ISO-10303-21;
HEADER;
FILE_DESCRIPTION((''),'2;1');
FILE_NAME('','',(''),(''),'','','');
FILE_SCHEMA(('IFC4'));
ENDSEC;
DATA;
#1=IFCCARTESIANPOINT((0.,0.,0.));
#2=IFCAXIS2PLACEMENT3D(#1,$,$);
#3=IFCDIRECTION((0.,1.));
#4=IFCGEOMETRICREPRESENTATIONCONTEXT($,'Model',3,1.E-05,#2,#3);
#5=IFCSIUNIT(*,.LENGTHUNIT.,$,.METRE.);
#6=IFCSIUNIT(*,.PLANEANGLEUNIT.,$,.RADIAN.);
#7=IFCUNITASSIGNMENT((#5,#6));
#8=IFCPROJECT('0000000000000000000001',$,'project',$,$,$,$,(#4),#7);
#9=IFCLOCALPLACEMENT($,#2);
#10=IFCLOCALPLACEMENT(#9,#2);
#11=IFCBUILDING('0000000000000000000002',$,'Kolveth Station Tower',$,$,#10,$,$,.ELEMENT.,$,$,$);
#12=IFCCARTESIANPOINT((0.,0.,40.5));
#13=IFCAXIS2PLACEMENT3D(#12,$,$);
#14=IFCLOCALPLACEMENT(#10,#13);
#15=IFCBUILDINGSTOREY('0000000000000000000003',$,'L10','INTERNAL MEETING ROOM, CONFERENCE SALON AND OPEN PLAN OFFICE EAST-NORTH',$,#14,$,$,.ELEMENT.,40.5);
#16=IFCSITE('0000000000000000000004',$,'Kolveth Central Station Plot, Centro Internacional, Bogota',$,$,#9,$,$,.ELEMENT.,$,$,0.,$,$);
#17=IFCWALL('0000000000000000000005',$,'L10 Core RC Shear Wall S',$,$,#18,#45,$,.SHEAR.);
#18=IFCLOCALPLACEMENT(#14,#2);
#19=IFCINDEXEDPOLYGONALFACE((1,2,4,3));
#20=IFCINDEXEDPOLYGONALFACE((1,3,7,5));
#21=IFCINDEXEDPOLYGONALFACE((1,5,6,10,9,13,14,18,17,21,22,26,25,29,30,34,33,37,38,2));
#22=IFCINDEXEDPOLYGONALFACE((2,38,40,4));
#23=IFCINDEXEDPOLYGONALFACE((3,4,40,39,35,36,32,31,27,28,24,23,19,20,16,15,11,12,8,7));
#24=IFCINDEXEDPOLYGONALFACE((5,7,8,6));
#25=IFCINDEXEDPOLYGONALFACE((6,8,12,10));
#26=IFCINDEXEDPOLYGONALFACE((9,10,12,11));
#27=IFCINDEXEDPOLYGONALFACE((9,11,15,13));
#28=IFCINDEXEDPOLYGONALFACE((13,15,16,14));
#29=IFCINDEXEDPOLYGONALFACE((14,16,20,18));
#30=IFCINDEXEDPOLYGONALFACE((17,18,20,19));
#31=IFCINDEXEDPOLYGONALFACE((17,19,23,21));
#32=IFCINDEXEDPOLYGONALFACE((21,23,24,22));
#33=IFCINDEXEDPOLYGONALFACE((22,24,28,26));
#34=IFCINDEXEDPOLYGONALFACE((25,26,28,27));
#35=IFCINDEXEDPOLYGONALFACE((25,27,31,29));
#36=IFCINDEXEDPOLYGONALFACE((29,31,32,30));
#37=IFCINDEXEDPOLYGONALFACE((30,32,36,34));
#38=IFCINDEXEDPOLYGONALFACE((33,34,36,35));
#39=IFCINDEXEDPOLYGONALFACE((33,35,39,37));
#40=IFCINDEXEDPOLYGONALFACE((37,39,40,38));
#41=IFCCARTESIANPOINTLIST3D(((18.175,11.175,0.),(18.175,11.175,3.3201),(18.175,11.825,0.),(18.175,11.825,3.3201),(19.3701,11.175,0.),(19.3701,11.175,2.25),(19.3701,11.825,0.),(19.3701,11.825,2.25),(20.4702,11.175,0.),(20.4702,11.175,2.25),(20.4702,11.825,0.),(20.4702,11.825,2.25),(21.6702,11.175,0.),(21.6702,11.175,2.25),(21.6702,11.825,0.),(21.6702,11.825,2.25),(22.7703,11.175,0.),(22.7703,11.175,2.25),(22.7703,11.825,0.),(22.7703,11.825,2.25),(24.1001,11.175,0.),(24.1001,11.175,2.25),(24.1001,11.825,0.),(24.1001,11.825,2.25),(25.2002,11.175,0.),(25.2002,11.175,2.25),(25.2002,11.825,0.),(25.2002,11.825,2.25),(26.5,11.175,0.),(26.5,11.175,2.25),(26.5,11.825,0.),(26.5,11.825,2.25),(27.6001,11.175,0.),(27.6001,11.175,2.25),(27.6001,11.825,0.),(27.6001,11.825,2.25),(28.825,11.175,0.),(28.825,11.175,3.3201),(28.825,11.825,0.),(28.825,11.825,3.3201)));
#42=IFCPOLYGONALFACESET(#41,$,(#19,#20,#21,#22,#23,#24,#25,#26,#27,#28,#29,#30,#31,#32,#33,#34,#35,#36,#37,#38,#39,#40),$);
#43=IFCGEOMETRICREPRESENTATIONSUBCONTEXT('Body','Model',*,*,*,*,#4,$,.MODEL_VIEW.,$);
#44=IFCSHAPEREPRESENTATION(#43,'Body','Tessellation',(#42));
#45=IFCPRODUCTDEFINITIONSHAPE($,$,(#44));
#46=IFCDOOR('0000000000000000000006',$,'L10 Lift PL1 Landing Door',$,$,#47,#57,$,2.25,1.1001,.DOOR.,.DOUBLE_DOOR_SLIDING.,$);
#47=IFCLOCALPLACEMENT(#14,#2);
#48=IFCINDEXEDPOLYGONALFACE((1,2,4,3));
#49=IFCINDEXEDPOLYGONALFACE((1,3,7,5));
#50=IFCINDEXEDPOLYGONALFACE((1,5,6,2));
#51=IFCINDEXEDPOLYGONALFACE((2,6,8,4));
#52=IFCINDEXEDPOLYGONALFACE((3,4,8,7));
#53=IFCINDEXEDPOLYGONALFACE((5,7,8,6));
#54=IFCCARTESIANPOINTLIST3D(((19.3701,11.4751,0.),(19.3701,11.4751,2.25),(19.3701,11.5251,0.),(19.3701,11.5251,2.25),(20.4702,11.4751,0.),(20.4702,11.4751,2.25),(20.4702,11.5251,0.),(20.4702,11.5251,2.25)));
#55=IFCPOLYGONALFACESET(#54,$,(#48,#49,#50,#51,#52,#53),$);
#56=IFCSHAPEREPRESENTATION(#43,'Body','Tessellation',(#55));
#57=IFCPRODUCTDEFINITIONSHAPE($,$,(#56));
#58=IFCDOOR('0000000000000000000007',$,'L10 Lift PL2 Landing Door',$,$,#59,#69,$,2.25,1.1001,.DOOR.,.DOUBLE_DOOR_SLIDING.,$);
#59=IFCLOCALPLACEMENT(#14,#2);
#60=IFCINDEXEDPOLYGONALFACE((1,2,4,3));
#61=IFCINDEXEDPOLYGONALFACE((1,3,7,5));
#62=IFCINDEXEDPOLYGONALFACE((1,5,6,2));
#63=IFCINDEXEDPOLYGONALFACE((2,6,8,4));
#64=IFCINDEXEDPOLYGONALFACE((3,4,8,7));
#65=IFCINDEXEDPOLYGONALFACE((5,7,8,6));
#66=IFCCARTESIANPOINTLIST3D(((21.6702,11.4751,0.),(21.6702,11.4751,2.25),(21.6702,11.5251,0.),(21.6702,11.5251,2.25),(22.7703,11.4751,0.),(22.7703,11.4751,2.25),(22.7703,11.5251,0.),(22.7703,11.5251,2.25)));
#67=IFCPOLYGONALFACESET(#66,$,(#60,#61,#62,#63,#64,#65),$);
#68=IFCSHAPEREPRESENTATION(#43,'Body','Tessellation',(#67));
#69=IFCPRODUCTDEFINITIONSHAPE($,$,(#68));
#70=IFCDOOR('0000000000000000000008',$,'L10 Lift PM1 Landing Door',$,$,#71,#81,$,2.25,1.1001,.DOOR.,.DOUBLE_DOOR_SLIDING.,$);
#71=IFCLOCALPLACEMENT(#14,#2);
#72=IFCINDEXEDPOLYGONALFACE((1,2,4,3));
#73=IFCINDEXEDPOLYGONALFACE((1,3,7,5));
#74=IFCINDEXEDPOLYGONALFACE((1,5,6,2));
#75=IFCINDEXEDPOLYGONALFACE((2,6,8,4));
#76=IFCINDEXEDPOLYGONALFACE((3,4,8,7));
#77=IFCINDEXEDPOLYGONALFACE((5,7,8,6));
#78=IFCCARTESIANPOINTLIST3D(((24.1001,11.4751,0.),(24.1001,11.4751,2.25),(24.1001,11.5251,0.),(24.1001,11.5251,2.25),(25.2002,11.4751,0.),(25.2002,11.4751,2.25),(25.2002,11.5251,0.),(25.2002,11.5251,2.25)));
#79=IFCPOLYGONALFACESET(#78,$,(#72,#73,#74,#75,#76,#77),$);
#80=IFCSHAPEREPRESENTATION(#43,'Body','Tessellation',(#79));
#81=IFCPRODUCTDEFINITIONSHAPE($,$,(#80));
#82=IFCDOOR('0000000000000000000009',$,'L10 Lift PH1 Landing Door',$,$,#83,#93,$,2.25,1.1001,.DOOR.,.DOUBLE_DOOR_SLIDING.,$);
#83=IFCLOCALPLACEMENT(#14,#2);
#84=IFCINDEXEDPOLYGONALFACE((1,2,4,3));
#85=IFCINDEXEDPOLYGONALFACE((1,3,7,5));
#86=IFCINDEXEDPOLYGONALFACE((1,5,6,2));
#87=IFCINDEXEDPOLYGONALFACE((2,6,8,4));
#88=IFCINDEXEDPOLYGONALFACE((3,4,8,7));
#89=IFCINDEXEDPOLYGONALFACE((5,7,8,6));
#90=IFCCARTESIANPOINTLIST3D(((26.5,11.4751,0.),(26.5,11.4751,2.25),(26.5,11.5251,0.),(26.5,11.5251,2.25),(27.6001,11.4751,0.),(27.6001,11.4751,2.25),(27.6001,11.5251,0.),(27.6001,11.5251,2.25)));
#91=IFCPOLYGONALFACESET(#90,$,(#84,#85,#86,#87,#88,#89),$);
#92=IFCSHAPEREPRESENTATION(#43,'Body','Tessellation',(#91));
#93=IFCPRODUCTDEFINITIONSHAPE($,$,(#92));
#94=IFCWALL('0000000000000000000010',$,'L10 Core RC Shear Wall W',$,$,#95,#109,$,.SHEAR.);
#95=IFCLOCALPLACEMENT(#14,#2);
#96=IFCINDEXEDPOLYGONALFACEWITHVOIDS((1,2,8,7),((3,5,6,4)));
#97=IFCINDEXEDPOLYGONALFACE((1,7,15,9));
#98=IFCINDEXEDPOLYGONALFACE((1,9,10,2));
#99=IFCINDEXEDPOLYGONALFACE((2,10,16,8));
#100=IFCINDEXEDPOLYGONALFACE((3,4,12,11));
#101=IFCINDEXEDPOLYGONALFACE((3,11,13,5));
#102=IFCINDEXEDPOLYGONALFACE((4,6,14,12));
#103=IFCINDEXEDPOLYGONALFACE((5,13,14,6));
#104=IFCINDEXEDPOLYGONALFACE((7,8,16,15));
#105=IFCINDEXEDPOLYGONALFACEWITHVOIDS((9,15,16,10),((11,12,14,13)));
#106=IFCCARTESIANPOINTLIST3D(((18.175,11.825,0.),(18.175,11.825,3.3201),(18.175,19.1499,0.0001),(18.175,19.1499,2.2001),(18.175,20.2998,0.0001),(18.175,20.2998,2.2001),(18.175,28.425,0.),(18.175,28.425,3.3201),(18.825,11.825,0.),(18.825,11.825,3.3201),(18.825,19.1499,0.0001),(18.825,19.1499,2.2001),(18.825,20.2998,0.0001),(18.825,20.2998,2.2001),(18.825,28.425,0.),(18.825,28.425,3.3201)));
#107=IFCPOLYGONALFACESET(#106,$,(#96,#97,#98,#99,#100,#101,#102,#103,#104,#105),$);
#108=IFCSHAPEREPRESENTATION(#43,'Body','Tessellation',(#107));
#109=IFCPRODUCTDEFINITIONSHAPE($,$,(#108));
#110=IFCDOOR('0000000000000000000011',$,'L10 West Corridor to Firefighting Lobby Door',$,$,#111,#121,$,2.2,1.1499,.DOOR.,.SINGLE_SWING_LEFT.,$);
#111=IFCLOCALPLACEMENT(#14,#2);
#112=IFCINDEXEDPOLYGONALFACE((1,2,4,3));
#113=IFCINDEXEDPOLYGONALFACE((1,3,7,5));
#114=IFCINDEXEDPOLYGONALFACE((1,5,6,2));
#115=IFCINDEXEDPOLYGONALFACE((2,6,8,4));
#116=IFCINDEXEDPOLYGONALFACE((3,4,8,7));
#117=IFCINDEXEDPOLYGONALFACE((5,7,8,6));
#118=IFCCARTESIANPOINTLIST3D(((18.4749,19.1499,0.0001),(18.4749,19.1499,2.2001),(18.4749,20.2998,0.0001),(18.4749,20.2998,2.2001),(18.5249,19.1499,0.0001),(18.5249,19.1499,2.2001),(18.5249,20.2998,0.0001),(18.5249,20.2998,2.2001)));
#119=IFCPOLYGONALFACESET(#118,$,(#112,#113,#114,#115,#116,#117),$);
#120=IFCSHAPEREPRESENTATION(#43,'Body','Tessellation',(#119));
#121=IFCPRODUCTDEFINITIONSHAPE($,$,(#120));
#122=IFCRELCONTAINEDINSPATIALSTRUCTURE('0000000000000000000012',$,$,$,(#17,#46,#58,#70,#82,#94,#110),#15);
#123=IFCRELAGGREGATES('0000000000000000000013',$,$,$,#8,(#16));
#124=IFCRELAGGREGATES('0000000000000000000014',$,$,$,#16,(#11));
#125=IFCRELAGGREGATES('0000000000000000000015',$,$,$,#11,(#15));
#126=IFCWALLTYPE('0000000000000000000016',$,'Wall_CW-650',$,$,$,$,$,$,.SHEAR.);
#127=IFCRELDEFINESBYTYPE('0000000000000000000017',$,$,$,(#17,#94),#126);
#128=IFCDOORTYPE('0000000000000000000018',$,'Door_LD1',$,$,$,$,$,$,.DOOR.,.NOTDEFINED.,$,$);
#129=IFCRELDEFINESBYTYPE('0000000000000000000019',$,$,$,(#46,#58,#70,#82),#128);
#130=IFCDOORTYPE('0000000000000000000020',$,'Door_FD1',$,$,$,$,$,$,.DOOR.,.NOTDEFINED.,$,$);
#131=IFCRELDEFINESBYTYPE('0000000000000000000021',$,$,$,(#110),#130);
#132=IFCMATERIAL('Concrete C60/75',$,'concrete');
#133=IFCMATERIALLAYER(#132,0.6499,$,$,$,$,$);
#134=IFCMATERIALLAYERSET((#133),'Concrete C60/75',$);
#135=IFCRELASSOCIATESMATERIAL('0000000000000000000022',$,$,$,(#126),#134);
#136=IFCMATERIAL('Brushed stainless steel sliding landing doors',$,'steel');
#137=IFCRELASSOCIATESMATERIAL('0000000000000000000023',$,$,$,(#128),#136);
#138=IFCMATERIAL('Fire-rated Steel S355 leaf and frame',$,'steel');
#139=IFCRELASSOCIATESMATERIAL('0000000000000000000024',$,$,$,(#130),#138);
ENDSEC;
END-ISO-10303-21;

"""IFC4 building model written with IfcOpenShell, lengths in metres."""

from ifc_helpers import new_model, si_unit, direction, frame, frame_2d, origin, place, context, subcontext, project, spatial, rectangle, extrude, material, layer, layer_set, type_object, element, fill, save


model = new_model("IFC4")

# Units and contexts
model_context = context("Model", 3, precision=1e-05, world=origin(), true_north=direction((0.0, 1.0)))
body_context = subcontext(model_context, "Body", "Model", "MODEL_VIEW")
ifc_project = project(units=[si_unit("LENGTHUNIT", "METRE"), si_unit("PLANEANGLEUNIT", "RADIAN")], contexts=[model_context])

# Site, building, storey
site_placement = place(None, origin())
site = spatial("IfcSite", under=ifc_project, at=site_placement, Name="Kolveth Central Station Plot, Centro Internacional, Bogota", CompositionType="ELEMENT", RefElevation=0.0)
building_placement = place(site_placement, origin())
building = spatial("IfcBuilding", under=site, at=building_placement, Name="Kolveth Station Tower", CompositionType="ELEMENT")
storey_placement = place(building_placement, frame((0.0, 0.0, 40.5)))
storey = spatial("IfcBuildingStorey", under=building, at=storey_placement, Name="L10", Description="INTERNAL MEETING ROOM, CONFERENCE SALON AND OPEN PLAN OFFICE EAST-NORTH", CompositionType="ELEMENT", Elevation=40.5)

# Wall, openings, doors
ifc_material_1 = material(Name="Concrete C60/75", Category="concrete")
ifc_layer_1 = layer(ifc_material_1, 0.6499)
ifc_layer_set_1 = layer_set([ifc_layer_1], Name="Concrete C60/75")
wall_type_1 = type_object("IfcWallType", Name="Wall_CW-650", PredefinedType="SHEAR", material=ifc_layer_set_1)
wall_1_placement = place(storey_placement, frame((18.175, 11.5, 0.0), z_axis=(0.0, 0.0, 1.0), x_axis=(1.0, 0.0, 0.0)))
wall_1 = element("IfcWall", 1, at=wall_1_placement, inside=storey, type_object=wall_type_1, Name="L10 Core RC Shear Wall S", PredefinedType="SHEAR", context=body_context, shape_type="SweptSolid", body=[
    extrude(rectangle(XDim=10.6499, YDim=0.6499, at=frame_2d((5.325, 0.0))), origin(), (0.0, 0.0, 1.0), 3.3201),
])
opening_1_placement = place(wall_1_placement, frame((1.1951, 0.0, 0.0)))
opening_1 = element("IfcOpeningElement", 2, at=opening_1_placement, cuts=wall_1, PredefinedType="OPENING", context=body_context, shape_type="SweptSolid", body=[
    extrude(rectangle(XDim=1.1001, YDim=2.25, at=frame_2d((0.55, 1.125))), frame((0.0, 0.335, 0.0), z_axis=(0.0, -1.0, 0.0), x_axis=(1.0, 0.0, 0.0)), (0.0, 0.0, 1.0), 0.6699),
])
opening_2_placement = place(wall_1_placement, frame((3.4951, 0.0, 0.0)))
opening_2 = element("IfcOpeningElement", 3, at=opening_2_placement, cuts=wall_1, PredefinedType="OPENING", context=body_context, shape_type="SweptSolid", body=[
    extrude(rectangle(XDim=1.1001, YDim=2.25, at=frame_2d((0.55, 1.125))), frame((0.0, 0.335, 0.0), z_axis=(0.0, -1.0, 0.0), x_axis=(1.0, 0.0, 0.0)), (0.0, 0.0, 1.0), 0.6699),
])
opening_3_placement = place(wall_1_placement, frame((5.925, 0.0, 0.0)))
opening_3 = element("IfcOpeningElement", 4, at=opening_3_placement, cuts=wall_1, PredefinedType="OPENING", context=body_context, shape_type="SweptSolid", body=[
    extrude(rectangle(XDim=1.1001, YDim=2.25, at=frame_2d((0.55, 1.125))), frame((0.0, 0.335, 0.0), z_axis=(0.0, -1.0, 0.0), x_axis=(1.0, 0.0, 0.0)), (0.0, 0.0, 1.0), 0.6699),
])
opening_4_placement = place(wall_1_placement, frame((8.325, 0.0, 0.0)))
opening_4 = element("IfcOpeningElement", 5, at=opening_4_placement, cuts=wall_1, PredefinedType="OPENING", context=body_context, shape_type="SweptSolid", body=[
    extrude(rectangle(XDim=1.1001, YDim=2.25, at=frame_2d((0.55, 1.125))), frame((0.0, 0.335, 0.0), z_axis=(0.0, -1.0, 0.0), x_axis=(1.0, 0.0, 0.0)), (0.0, 0.0, 1.0), 0.6699),
])
ifc_material_2 = material(Name="Brushed stainless steel sliding landing doors", Category="steel")
door_type_1 = type_object("IfcDoorType", Name="Door_LD1", OperationType="NOTDEFINED", PredefinedType="DOOR", material=ifc_material_2)
door_1_placement = place(opening_1_placement, frame((1.1001, 0.0, 0.0), z_axis=(0.0, 0.0, 1.0), x_axis=(-1.0, 0.0, 0.0)))
door_1 = element("IfcDoor", 6, at=door_1_placement, inside=storey, type_object=door_type_1, Name="L10 Lift PL1 Landing Door", OperationType="DOUBLE_DOOR_SLIDING", OverallHeight=2.25, OverallWidth=1.1001, PredefinedType="DOOR", context=body_context, shape_type="SweptSolid", body=[
    extrude(rectangle(XDim=1.1001, YDim=2.25, at=frame_2d((0.55, 1.125))), frame((0.0, 0.0249, 0.0), z_axis=(0.0, -1.0, 0.0), x_axis=(1.0, 0.0, 0.0)), (0.0, 0.0, 1.0), 0.05),
])
fill(opening_1, door_1)
door_2_placement = place(opening_2_placement, frame((1.1001, 0.0, 0.0), z_axis=(0.0, 0.0, 1.0), x_axis=(-1.0, 0.0, 0.0)))
door_2 = element("IfcDoor", 7, at=door_2_placement, inside=storey, type_object=door_type_1, Name="L10 Lift PL2 Landing Door", OperationType="DOUBLE_DOOR_SLIDING", OverallHeight=2.25, OverallWidth=1.1001, PredefinedType="DOOR", context=body_context, shape_type="SweptSolid", body=[
    extrude(rectangle(XDim=1.1001, YDim=2.25, at=frame_2d((0.55, 1.125))), frame((0.0, 0.0249, 0.0), z_axis=(0.0, -1.0, 0.0), x_axis=(1.0, 0.0, 0.0)), (0.0, 0.0, 1.0), 0.05),
])
fill(opening_2, door_2)
door_3_placement = place(opening_3_placement, frame((1.1001, 0.0, 0.0), z_axis=(0.0, 0.0, 1.0), x_axis=(-1.0, 0.0, 0.0)))
door_3 = element("IfcDoor", 8, at=door_3_placement, inside=storey, type_object=door_type_1, Name="L10 Lift PM1 Landing Door", OperationType="DOUBLE_DOOR_SLIDING", OverallHeight=2.25, OverallWidth=1.1001, PredefinedType="DOOR", context=body_context, shape_type="SweptSolid", body=[
    extrude(rectangle(XDim=1.1001, YDim=2.25, at=frame_2d((0.55, 1.125))), frame((0.0, 0.0249, 0.0), z_axis=(0.0, -1.0, 0.0), x_axis=(1.0, 0.0, 0.0)), (0.0, 0.0, 1.0), 0.05),
])
fill(opening_3, door_3)
door_4_placement = place(opening_4_placement, frame((1.1001, 0.0, 0.0), z_axis=(0.0, 0.0, 1.0), x_axis=(-1.0, 0.0, 0.0)))
door_4 = element("IfcDoor", 9, at=door_4_placement, inside=storey, type_object=door_type_1, Name="L10 Lift PH1 Landing Door", OperationType="DOUBLE_DOOR_SLIDING", OverallHeight=2.25, OverallWidth=1.1001, PredefinedType="DOOR", context=body_context, shape_type="SweptSolid", body=[
    extrude(rectangle(XDim=1.1001, YDim=2.25, at=frame_2d((0.55, 1.125))), frame((0.0, 0.0249, 0.0), z_axis=(0.0, -1.0, 0.0), x_axis=(1.0, 0.0, 0.0)), (0.0, 0.0, 1.0), 0.05),
])
fill(opening_4, door_4)

# Wall, opening, door
wall_2_placement = place(storey_placement, frame((18.5, 11.825, 0.0), z_axis=(0.0, 0.0, 1.0), x_axis=(0.0, 1.0, 0.0)))
wall_2 = element("IfcWall", 10, at=wall_2_placement, inside=storey, type_object=wall_type_1, Name="L10 Core RC Shear Wall W", PredefinedType="SHEAR", context=body_context, shape_type="SweptSolid", body=[
    extrude(rectangle(XDim=16.6001, YDim=0.6499, at=frame_2d((8.3, 0.0))), origin(), (0.0, 0.0, 1.0), 3.3201),
])
opening_5_placement = place(wall_2_placement, frame((7.325, 0.0, 0.0)))
opening_5 = element("IfcOpeningElement", 11, at=opening_5_placement, cuts=wall_2, PredefinedType="OPENING", context=body_context, shape_type="SweptSolid", body=[
    extrude(rectangle(XDim=1.1499, YDim=2.2, at=frame_2d((0.575, 1.1001))), frame((0.0, 0.335, 0.0), z_axis=(0.0, -1.0, 0.0), x_axis=(1.0, 0.0, 0.0)), (0.0, 0.0, 1.0), 0.6699),
])
ifc_material_3 = material(Name="Fire-rated Steel S355 leaf and frame", Category="steel")
door_type_2 = type_object("IfcDoorType", Name="Door_FD1", OperationType="NOTDEFINED", PredefinedType="DOOR", material=ifc_material_3)
door_5_placement = place(opening_5_placement, frame((1.1499, 0.0, 0.0), z_axis=(0.0, 0.0, 1.0), x_axis=(-1.0, 0.0, 0.0)))
door_5 = element("IfcDoor", 12, at=door_5_placement, inside=storey, type_object=door_type_2, Name="L10 West Corridor to Firefighting Lobby Door", OperationType="SINGLE_SWING_LEFT", OverallHeight=2.2, OverallWidth=1.1499, PredefinedType="DOOR", context=body_context, shape_type="SweptSolid", body=[
    extrude(rectangle(XDim=1.1499, YDim=2.2, at=frame_2d((0.575, 1.1001))), frame((0.0, 0.0249, 0.0), z_axis=(0.0, -1.0, 0.0), x_axis=(1.0, 0.0, 0.0)), (0.0, 0.0, 1.0), 0.05),
])
fill(opening_5, door_5)

save(model, "model.ifc")
